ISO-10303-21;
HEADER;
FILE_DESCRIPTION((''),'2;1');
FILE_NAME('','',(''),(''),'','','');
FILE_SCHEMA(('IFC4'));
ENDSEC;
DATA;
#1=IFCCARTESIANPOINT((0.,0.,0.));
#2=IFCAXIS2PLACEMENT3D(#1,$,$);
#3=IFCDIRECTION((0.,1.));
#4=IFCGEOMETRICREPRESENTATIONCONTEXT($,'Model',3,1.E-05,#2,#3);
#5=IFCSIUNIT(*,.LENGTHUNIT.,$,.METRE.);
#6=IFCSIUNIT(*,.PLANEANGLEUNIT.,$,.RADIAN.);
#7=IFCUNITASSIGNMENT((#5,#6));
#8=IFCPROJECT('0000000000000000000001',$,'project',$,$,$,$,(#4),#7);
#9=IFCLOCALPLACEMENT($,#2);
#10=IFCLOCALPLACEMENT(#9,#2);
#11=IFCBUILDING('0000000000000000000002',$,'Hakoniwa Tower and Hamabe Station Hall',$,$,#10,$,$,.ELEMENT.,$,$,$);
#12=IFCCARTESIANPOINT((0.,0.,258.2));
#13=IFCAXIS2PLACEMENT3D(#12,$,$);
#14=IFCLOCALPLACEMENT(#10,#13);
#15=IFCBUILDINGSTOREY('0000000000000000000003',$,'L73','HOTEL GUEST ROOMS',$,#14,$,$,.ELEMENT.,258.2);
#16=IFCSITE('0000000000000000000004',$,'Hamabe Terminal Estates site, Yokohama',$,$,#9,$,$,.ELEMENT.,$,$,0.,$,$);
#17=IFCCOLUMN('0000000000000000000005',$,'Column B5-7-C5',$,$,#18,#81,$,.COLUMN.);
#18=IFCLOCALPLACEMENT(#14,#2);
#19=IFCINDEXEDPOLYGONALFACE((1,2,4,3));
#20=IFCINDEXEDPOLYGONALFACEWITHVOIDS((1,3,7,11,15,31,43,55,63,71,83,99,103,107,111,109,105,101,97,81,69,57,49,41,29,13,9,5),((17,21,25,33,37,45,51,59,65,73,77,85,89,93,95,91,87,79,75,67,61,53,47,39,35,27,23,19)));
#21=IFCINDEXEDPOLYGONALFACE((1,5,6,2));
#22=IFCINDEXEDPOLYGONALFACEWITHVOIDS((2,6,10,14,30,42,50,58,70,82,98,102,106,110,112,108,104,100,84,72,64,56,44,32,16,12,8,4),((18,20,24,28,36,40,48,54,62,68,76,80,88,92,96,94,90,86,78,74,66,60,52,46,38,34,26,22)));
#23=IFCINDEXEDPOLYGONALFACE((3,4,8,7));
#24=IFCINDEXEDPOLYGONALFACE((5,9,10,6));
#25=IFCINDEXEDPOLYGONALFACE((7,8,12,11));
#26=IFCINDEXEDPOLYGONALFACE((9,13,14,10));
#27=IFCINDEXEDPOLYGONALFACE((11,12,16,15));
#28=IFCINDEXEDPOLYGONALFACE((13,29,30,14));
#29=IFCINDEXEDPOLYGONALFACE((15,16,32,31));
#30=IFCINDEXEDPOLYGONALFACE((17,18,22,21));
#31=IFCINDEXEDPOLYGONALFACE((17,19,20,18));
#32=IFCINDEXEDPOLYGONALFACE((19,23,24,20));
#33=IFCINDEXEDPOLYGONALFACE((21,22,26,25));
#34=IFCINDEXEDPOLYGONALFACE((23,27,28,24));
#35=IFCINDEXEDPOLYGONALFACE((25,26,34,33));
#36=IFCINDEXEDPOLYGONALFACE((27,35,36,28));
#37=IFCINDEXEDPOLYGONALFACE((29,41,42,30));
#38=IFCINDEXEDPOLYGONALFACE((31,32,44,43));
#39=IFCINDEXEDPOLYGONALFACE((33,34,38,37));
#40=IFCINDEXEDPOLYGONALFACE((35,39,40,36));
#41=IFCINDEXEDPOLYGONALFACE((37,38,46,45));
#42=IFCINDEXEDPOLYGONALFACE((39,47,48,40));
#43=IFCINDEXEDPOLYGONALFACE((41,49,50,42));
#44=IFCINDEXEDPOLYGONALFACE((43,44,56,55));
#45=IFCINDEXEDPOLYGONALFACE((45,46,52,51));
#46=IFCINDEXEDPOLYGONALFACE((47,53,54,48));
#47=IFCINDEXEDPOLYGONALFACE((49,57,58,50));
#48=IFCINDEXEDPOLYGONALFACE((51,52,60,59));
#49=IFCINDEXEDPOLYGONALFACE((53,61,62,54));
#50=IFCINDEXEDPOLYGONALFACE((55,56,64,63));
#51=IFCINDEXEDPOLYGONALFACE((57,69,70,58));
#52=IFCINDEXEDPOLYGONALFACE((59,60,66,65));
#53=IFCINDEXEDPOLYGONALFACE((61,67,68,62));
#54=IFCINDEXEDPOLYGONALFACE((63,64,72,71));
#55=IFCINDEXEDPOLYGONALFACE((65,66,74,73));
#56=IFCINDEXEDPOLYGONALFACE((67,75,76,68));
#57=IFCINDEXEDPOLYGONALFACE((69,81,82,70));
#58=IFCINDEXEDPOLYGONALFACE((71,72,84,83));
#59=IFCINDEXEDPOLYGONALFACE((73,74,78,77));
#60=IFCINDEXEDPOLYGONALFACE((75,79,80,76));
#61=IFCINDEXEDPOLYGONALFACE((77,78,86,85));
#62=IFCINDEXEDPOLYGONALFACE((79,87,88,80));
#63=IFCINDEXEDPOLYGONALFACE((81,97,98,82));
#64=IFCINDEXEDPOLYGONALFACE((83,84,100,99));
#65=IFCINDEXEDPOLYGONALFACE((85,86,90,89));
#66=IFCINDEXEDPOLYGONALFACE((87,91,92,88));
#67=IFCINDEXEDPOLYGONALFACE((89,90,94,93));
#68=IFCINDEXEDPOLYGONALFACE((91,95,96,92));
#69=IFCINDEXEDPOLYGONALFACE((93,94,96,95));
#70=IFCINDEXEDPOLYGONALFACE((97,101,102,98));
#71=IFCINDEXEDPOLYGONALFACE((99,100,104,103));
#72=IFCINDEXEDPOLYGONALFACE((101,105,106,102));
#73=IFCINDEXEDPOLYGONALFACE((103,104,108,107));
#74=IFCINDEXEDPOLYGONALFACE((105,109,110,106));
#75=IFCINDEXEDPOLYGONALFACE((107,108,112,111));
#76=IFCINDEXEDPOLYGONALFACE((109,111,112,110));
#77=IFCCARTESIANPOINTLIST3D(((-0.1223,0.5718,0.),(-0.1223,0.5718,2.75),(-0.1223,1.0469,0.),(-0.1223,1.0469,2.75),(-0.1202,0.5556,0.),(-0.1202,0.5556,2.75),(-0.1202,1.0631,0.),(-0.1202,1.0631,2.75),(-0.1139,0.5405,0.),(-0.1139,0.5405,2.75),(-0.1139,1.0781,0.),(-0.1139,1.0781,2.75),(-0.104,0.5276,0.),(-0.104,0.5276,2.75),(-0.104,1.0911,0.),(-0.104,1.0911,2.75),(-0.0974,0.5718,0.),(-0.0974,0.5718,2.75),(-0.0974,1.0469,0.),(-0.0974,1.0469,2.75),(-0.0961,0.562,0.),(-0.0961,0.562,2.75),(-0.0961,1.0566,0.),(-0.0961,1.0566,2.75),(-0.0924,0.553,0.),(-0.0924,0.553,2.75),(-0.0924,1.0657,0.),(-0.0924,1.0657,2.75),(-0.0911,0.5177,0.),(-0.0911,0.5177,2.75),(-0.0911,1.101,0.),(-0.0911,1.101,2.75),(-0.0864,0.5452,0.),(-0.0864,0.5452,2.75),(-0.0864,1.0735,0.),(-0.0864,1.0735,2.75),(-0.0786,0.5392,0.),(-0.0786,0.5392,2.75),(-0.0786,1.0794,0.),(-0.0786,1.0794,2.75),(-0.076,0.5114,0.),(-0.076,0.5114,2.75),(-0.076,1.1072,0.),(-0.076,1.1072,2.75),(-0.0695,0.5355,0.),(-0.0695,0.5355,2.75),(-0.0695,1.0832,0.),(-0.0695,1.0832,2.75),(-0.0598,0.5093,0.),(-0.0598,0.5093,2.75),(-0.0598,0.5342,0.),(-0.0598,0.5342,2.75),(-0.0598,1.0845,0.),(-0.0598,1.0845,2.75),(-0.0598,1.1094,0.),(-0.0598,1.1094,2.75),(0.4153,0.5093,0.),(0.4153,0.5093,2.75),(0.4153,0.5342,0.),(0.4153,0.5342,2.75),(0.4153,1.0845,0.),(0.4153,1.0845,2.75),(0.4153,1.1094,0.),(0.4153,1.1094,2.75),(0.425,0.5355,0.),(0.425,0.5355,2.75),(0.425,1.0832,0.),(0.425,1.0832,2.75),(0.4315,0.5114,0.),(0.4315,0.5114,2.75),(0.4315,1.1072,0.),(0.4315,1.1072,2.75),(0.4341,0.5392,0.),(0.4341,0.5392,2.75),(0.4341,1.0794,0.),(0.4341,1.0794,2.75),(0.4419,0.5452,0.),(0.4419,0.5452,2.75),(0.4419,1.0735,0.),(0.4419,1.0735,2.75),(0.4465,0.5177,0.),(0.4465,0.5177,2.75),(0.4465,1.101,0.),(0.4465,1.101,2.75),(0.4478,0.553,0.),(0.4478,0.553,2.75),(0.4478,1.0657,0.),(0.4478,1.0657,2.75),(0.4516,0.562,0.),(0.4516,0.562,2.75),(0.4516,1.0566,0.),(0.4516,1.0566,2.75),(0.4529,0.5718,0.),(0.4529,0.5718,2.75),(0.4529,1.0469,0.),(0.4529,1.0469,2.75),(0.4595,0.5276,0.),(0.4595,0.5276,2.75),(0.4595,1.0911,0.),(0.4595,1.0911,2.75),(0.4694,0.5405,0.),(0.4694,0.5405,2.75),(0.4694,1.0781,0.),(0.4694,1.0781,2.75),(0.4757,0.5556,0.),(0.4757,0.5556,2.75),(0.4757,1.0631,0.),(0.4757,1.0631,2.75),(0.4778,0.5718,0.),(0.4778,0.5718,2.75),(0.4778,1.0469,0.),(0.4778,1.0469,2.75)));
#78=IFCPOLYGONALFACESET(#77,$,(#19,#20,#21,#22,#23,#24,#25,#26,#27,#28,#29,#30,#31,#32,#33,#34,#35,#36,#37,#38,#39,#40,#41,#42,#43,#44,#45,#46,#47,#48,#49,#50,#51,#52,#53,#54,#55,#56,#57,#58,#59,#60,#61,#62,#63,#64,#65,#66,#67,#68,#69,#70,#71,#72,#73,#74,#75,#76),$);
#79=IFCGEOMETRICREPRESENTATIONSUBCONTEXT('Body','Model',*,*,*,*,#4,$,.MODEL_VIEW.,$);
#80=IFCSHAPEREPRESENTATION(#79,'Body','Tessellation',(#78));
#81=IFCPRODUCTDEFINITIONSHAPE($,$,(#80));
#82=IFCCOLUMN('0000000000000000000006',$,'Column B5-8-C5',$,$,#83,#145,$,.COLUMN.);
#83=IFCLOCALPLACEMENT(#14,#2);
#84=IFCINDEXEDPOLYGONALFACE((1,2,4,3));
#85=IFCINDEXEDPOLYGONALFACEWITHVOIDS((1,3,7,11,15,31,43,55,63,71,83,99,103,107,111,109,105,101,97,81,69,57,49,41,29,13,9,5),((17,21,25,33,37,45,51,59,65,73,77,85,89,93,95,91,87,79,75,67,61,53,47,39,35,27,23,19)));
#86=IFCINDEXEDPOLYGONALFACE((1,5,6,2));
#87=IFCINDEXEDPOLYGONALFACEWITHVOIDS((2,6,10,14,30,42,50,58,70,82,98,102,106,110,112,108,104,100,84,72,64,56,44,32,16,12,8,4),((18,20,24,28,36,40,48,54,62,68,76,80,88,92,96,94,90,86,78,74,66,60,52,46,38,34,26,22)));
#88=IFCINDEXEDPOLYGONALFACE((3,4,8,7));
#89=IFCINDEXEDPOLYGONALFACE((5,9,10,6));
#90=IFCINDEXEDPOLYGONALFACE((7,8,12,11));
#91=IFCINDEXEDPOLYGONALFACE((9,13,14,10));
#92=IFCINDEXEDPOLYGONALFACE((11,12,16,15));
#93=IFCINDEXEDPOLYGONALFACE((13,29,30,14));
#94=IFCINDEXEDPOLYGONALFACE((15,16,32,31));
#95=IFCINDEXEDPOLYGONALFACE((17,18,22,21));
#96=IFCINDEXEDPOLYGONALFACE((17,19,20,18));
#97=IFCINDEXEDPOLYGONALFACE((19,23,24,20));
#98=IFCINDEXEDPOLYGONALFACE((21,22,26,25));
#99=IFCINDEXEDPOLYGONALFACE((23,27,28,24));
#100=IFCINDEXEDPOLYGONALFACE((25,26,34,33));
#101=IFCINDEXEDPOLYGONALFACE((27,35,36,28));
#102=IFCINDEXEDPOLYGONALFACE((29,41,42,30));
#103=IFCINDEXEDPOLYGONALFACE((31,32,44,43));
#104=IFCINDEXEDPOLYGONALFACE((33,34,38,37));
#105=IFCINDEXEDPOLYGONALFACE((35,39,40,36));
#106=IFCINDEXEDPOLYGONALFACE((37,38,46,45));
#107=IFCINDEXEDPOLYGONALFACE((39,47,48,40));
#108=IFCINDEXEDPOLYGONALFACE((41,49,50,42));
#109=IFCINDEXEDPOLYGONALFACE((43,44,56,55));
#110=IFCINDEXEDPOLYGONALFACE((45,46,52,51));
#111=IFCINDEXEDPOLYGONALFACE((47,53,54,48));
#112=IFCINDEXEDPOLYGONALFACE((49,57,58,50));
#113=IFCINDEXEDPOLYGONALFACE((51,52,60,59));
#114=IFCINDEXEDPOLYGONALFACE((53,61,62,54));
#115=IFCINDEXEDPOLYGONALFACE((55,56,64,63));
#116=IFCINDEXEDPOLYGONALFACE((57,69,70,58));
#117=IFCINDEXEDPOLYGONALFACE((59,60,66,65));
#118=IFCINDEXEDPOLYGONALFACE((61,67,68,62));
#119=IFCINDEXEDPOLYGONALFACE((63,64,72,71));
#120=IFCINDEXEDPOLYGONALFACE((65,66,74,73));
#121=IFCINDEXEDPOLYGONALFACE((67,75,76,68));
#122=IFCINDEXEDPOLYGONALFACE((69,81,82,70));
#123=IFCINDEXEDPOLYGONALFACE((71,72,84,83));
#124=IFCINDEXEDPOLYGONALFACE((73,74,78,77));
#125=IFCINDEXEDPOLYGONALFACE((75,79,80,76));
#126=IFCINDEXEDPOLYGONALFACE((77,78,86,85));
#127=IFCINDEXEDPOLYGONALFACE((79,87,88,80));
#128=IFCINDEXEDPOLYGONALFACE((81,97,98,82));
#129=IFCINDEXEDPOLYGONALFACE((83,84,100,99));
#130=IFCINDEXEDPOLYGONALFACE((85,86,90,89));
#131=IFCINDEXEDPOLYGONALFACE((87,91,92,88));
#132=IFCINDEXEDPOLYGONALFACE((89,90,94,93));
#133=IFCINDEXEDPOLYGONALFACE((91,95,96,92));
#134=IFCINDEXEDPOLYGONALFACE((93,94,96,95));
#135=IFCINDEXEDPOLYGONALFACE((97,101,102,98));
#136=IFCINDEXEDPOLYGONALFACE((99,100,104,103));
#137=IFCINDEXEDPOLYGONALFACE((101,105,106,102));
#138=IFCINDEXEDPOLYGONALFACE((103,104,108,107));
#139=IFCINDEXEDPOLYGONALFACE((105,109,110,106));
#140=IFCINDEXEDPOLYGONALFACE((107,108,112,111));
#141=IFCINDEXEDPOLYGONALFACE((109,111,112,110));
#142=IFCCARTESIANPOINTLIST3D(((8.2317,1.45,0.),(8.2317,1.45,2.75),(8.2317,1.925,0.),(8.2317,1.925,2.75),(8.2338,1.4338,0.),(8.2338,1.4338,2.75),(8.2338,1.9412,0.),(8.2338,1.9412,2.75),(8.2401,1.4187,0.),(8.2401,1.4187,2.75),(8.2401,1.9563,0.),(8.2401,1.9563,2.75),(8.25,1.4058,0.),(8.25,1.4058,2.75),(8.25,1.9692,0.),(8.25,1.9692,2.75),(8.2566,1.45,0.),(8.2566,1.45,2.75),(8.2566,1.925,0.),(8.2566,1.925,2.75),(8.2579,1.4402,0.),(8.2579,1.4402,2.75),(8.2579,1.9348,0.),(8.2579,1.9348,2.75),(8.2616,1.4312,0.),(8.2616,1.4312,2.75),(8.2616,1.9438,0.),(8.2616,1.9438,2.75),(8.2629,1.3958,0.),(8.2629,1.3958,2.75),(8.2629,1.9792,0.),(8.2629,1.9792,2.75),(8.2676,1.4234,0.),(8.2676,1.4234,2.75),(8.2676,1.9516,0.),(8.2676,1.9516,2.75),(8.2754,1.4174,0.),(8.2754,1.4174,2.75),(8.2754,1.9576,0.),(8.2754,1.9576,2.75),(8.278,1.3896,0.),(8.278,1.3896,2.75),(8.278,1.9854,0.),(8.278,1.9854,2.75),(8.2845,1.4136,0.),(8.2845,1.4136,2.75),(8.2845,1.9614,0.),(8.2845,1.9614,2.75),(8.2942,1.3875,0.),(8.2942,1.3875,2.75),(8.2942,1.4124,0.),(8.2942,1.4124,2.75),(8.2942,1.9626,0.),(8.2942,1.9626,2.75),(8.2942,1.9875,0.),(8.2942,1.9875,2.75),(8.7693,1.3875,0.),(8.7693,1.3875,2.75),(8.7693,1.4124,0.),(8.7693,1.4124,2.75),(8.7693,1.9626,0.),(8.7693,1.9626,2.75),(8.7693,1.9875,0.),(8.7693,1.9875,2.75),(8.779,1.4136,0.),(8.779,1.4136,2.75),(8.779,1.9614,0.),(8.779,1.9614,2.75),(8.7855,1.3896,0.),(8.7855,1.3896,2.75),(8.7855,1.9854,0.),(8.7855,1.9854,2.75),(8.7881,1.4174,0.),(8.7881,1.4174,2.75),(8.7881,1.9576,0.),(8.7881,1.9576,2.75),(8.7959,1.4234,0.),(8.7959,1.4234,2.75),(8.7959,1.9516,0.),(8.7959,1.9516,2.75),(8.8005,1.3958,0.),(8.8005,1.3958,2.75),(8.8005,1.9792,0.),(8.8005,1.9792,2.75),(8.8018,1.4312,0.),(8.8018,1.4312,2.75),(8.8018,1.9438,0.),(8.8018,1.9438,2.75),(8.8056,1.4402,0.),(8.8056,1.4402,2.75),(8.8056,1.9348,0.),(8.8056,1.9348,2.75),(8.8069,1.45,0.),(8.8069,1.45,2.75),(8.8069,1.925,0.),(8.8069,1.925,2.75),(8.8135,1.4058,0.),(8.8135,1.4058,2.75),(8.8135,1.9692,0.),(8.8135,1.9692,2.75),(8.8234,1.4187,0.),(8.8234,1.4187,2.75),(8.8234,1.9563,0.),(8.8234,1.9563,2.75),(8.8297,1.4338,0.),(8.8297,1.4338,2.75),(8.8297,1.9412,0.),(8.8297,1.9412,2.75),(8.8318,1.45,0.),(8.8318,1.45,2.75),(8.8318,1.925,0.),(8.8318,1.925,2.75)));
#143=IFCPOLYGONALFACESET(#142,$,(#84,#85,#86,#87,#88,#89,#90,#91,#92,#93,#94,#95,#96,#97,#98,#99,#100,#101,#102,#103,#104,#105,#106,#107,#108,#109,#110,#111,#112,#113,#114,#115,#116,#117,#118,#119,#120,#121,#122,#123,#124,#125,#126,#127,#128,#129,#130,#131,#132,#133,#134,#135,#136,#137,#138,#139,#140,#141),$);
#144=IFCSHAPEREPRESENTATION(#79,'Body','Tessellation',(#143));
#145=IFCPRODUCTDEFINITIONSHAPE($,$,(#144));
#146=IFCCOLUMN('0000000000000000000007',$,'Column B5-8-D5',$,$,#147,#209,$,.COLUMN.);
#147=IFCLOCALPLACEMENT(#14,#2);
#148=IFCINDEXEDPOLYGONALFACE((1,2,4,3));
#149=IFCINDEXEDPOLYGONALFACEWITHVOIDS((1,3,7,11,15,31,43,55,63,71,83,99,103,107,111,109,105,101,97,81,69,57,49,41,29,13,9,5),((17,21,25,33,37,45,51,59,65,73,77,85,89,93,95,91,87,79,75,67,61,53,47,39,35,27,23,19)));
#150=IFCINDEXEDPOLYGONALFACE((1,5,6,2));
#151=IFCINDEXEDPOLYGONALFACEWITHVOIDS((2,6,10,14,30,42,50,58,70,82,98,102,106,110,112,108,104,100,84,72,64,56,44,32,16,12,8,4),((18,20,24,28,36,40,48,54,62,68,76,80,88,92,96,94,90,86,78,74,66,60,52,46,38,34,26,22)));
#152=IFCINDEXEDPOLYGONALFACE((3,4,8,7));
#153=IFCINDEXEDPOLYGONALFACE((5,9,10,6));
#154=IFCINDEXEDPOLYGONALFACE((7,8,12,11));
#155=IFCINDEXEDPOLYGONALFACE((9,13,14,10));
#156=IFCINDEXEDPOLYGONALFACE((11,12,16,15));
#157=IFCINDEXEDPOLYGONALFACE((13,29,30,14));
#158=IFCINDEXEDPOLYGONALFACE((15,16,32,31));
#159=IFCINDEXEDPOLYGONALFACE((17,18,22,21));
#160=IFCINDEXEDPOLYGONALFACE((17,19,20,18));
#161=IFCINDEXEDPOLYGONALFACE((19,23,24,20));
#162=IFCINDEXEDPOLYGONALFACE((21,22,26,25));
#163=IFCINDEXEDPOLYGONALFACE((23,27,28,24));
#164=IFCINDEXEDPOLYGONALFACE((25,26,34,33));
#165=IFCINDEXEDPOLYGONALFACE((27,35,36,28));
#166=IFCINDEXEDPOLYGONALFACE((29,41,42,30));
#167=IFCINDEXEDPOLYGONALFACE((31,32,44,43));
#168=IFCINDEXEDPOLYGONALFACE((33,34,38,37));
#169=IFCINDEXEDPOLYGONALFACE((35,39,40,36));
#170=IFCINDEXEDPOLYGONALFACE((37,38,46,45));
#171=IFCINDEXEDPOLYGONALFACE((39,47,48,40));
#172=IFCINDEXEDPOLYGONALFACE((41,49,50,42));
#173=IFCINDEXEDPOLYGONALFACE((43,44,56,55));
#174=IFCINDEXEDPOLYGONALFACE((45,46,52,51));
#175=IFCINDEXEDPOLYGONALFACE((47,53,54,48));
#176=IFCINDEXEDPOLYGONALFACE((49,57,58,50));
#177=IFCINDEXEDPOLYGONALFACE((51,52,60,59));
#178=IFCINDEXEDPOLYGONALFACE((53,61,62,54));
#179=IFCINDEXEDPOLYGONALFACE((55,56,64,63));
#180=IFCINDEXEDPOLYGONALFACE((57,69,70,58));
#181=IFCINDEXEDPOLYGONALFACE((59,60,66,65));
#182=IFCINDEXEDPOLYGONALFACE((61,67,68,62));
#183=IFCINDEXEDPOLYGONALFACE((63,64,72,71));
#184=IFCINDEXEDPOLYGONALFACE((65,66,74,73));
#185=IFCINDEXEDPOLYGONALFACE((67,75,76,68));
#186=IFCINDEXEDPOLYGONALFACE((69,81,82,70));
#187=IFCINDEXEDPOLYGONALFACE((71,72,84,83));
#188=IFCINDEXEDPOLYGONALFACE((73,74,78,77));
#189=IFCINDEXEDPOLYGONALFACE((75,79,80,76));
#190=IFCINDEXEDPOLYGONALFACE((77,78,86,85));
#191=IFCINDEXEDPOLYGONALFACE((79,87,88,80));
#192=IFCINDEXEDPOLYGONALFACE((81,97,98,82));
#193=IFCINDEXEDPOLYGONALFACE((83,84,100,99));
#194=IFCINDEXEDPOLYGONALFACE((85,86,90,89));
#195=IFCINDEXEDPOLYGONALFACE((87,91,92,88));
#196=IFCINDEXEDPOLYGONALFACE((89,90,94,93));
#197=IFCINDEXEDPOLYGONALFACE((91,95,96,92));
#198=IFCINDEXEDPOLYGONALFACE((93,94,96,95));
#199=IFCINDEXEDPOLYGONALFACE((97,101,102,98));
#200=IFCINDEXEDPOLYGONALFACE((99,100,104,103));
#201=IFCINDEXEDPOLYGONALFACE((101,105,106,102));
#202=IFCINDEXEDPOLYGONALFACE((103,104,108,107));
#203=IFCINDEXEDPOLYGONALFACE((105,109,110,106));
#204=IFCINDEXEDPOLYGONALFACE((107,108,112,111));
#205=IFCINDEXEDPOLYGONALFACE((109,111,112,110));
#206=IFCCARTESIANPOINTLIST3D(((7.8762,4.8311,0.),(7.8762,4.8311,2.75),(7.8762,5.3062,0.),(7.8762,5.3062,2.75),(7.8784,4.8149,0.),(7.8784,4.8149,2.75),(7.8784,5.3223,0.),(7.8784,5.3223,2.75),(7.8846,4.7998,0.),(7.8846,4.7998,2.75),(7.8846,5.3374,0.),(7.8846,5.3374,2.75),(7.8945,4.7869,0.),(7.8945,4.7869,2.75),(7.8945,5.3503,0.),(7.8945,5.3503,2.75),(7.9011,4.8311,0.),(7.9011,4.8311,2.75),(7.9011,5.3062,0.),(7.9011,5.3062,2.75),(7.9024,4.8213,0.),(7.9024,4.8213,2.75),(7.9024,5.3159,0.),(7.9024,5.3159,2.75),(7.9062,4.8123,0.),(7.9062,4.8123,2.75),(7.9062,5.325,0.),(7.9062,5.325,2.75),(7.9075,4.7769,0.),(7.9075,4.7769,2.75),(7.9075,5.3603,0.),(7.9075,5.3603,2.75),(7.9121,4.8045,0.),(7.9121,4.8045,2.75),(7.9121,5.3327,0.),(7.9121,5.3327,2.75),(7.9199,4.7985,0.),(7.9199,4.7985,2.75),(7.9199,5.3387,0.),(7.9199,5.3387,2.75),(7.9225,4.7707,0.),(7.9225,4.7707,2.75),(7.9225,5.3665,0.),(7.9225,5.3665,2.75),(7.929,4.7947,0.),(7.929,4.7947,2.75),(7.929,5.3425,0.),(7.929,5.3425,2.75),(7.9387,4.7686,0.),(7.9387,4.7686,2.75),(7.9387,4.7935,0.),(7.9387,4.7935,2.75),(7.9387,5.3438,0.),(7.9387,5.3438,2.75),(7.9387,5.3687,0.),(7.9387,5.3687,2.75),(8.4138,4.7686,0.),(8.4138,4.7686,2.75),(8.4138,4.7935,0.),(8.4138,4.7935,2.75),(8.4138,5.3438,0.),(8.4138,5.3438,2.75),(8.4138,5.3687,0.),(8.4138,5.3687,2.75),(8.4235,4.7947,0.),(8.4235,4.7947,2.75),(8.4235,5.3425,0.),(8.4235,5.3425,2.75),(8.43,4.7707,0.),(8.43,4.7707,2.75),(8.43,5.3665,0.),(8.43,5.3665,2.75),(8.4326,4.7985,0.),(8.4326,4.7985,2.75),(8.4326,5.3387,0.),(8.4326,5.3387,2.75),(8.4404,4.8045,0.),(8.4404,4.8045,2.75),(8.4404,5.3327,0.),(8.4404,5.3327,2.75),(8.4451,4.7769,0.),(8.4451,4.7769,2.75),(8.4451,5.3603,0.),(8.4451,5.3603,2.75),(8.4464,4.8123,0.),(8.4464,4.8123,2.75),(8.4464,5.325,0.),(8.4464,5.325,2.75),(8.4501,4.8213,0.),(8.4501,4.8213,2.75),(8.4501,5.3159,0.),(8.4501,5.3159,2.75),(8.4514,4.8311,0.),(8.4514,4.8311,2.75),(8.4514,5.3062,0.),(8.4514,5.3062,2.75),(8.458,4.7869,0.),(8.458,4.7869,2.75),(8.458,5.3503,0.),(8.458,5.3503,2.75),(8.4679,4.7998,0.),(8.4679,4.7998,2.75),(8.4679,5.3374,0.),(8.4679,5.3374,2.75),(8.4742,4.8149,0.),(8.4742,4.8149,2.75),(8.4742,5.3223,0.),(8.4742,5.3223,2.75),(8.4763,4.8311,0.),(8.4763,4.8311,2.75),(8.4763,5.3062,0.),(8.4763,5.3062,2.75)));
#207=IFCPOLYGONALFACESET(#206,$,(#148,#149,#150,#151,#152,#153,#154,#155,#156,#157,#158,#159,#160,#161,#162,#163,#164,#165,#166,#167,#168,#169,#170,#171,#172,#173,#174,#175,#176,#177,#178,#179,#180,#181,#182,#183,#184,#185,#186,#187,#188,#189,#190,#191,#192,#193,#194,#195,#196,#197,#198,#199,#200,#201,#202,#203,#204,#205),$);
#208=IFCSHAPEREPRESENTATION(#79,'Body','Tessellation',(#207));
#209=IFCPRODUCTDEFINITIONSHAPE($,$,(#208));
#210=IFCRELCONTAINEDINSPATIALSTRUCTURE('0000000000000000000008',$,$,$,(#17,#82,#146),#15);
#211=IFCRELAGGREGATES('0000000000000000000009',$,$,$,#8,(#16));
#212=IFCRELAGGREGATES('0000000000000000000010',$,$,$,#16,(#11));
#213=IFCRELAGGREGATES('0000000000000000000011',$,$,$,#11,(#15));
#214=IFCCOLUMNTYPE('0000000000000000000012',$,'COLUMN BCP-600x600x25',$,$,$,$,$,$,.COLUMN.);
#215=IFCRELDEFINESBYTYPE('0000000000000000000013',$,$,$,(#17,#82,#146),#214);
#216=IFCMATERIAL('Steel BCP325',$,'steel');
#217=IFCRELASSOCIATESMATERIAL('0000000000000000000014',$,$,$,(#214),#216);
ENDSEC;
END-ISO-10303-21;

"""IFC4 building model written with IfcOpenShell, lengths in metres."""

from ifc_helpers import new_model, si_unit, direction, frame, origin, origin_2d, place, context, subcontext, project, spatial, hollow_rectangle, extrude, material, material_profile, profile_set, type_object, element, save


model = new_model("IFC4")

# Units and contexts
model_context = context("Model", 3, precision=1e-05, world=origin(), true_north=direction((0.0, 1.0)))
body_context = subcontext(model_context, "Body", "Model", "MODEL_VIEW")
ifc_project = project(units=[si_unit("LENGTHUNIT", "METRE"), si_unit("PLANEANGLEUNIT", "RADIAN")], contexts=[model_context])

# Site, building, storey
site_placement = place(None, origin())
site = spatial("IfcSite", under=ifc_project, at=site_placement, Name="Hamabe Terminal Estates site, Yokohama", CompositionType="ELEMENT", RefElevation=0.0)
building_placement = place(site_placement, origin())
building = spatial("IfcBuilding", under=site, at=building_placement, Name="Hakoniwa Tower and Hamabe Station Hall", CompositionType="ELEMENT")
storey_placement = place(building_placement, frame((0.0, 0.0, 258.2)))
storey = spatial("IfcBuildingStorey", under=building, at=storey_placement, Name="L73", Description="HOTEL GUEST ROOMS", CompositionType="ELEMENT", Elevation=258.2)

# Columns
ifc_material_1 = material(Name="Steel BCP325", Category="steel")
ifc_material_profile = material_profile(ifc_material_1, hollow_rectangle(XDim=0.6001, YDim=0.6001, WallThickness=0.0249, InnerFilletRadius=0.0376, OuterFilletRadius=0.0625, at=origin_2d()), Name="BCP-600x600x25")
ifc_profile_set = profile_set([ifc_material_profile], Name="Steel BCP325")
column_type = type_object("IfcColumnType", Name="COLUMN BCP-600x600x25", PredefinedType="COLUMN", material=ifc_profile_set)
for number, where, z_axis, x_axis, name in (
    (1, (0.1777, 0.8093, 0.0), (0.0, 0.0, 1.0), (1.0, 0.0, 0.0), "Column B5-7-C5"),
    (2, (8.5317, 1.6875, 0.0), (0.0, 0.0, 1.0), (1.0, 0.0, 0.0), "Column B5-8-C5"),
    (3, (8.1763, 5.0686, 0.0), (0.0, 0.0, 1.0), (1.0, 0.0, 0.0), "Column B5-8-D5"),
):
    element("IfcColumn", number, at=place(storey_placement, frame(where, z_axis=z_axis, x_axis=x_axis)), inside=storey, type_object=column_type, Name=name, PredefinedType="COLUMN", context=body_context, shape_type="SweptSolid", body=[
        extrude(hollow_rectangle(XDim=0.6001, YDim=0.6001, WallThickness=0.0249, InnerFilletRadius=0.0376, OuterFilletRadius=0.0625, at=origin_2d()), origin(), (0.0, 0.0, 1.0), 2.75),
    ])

save(model, "model.ifc")
